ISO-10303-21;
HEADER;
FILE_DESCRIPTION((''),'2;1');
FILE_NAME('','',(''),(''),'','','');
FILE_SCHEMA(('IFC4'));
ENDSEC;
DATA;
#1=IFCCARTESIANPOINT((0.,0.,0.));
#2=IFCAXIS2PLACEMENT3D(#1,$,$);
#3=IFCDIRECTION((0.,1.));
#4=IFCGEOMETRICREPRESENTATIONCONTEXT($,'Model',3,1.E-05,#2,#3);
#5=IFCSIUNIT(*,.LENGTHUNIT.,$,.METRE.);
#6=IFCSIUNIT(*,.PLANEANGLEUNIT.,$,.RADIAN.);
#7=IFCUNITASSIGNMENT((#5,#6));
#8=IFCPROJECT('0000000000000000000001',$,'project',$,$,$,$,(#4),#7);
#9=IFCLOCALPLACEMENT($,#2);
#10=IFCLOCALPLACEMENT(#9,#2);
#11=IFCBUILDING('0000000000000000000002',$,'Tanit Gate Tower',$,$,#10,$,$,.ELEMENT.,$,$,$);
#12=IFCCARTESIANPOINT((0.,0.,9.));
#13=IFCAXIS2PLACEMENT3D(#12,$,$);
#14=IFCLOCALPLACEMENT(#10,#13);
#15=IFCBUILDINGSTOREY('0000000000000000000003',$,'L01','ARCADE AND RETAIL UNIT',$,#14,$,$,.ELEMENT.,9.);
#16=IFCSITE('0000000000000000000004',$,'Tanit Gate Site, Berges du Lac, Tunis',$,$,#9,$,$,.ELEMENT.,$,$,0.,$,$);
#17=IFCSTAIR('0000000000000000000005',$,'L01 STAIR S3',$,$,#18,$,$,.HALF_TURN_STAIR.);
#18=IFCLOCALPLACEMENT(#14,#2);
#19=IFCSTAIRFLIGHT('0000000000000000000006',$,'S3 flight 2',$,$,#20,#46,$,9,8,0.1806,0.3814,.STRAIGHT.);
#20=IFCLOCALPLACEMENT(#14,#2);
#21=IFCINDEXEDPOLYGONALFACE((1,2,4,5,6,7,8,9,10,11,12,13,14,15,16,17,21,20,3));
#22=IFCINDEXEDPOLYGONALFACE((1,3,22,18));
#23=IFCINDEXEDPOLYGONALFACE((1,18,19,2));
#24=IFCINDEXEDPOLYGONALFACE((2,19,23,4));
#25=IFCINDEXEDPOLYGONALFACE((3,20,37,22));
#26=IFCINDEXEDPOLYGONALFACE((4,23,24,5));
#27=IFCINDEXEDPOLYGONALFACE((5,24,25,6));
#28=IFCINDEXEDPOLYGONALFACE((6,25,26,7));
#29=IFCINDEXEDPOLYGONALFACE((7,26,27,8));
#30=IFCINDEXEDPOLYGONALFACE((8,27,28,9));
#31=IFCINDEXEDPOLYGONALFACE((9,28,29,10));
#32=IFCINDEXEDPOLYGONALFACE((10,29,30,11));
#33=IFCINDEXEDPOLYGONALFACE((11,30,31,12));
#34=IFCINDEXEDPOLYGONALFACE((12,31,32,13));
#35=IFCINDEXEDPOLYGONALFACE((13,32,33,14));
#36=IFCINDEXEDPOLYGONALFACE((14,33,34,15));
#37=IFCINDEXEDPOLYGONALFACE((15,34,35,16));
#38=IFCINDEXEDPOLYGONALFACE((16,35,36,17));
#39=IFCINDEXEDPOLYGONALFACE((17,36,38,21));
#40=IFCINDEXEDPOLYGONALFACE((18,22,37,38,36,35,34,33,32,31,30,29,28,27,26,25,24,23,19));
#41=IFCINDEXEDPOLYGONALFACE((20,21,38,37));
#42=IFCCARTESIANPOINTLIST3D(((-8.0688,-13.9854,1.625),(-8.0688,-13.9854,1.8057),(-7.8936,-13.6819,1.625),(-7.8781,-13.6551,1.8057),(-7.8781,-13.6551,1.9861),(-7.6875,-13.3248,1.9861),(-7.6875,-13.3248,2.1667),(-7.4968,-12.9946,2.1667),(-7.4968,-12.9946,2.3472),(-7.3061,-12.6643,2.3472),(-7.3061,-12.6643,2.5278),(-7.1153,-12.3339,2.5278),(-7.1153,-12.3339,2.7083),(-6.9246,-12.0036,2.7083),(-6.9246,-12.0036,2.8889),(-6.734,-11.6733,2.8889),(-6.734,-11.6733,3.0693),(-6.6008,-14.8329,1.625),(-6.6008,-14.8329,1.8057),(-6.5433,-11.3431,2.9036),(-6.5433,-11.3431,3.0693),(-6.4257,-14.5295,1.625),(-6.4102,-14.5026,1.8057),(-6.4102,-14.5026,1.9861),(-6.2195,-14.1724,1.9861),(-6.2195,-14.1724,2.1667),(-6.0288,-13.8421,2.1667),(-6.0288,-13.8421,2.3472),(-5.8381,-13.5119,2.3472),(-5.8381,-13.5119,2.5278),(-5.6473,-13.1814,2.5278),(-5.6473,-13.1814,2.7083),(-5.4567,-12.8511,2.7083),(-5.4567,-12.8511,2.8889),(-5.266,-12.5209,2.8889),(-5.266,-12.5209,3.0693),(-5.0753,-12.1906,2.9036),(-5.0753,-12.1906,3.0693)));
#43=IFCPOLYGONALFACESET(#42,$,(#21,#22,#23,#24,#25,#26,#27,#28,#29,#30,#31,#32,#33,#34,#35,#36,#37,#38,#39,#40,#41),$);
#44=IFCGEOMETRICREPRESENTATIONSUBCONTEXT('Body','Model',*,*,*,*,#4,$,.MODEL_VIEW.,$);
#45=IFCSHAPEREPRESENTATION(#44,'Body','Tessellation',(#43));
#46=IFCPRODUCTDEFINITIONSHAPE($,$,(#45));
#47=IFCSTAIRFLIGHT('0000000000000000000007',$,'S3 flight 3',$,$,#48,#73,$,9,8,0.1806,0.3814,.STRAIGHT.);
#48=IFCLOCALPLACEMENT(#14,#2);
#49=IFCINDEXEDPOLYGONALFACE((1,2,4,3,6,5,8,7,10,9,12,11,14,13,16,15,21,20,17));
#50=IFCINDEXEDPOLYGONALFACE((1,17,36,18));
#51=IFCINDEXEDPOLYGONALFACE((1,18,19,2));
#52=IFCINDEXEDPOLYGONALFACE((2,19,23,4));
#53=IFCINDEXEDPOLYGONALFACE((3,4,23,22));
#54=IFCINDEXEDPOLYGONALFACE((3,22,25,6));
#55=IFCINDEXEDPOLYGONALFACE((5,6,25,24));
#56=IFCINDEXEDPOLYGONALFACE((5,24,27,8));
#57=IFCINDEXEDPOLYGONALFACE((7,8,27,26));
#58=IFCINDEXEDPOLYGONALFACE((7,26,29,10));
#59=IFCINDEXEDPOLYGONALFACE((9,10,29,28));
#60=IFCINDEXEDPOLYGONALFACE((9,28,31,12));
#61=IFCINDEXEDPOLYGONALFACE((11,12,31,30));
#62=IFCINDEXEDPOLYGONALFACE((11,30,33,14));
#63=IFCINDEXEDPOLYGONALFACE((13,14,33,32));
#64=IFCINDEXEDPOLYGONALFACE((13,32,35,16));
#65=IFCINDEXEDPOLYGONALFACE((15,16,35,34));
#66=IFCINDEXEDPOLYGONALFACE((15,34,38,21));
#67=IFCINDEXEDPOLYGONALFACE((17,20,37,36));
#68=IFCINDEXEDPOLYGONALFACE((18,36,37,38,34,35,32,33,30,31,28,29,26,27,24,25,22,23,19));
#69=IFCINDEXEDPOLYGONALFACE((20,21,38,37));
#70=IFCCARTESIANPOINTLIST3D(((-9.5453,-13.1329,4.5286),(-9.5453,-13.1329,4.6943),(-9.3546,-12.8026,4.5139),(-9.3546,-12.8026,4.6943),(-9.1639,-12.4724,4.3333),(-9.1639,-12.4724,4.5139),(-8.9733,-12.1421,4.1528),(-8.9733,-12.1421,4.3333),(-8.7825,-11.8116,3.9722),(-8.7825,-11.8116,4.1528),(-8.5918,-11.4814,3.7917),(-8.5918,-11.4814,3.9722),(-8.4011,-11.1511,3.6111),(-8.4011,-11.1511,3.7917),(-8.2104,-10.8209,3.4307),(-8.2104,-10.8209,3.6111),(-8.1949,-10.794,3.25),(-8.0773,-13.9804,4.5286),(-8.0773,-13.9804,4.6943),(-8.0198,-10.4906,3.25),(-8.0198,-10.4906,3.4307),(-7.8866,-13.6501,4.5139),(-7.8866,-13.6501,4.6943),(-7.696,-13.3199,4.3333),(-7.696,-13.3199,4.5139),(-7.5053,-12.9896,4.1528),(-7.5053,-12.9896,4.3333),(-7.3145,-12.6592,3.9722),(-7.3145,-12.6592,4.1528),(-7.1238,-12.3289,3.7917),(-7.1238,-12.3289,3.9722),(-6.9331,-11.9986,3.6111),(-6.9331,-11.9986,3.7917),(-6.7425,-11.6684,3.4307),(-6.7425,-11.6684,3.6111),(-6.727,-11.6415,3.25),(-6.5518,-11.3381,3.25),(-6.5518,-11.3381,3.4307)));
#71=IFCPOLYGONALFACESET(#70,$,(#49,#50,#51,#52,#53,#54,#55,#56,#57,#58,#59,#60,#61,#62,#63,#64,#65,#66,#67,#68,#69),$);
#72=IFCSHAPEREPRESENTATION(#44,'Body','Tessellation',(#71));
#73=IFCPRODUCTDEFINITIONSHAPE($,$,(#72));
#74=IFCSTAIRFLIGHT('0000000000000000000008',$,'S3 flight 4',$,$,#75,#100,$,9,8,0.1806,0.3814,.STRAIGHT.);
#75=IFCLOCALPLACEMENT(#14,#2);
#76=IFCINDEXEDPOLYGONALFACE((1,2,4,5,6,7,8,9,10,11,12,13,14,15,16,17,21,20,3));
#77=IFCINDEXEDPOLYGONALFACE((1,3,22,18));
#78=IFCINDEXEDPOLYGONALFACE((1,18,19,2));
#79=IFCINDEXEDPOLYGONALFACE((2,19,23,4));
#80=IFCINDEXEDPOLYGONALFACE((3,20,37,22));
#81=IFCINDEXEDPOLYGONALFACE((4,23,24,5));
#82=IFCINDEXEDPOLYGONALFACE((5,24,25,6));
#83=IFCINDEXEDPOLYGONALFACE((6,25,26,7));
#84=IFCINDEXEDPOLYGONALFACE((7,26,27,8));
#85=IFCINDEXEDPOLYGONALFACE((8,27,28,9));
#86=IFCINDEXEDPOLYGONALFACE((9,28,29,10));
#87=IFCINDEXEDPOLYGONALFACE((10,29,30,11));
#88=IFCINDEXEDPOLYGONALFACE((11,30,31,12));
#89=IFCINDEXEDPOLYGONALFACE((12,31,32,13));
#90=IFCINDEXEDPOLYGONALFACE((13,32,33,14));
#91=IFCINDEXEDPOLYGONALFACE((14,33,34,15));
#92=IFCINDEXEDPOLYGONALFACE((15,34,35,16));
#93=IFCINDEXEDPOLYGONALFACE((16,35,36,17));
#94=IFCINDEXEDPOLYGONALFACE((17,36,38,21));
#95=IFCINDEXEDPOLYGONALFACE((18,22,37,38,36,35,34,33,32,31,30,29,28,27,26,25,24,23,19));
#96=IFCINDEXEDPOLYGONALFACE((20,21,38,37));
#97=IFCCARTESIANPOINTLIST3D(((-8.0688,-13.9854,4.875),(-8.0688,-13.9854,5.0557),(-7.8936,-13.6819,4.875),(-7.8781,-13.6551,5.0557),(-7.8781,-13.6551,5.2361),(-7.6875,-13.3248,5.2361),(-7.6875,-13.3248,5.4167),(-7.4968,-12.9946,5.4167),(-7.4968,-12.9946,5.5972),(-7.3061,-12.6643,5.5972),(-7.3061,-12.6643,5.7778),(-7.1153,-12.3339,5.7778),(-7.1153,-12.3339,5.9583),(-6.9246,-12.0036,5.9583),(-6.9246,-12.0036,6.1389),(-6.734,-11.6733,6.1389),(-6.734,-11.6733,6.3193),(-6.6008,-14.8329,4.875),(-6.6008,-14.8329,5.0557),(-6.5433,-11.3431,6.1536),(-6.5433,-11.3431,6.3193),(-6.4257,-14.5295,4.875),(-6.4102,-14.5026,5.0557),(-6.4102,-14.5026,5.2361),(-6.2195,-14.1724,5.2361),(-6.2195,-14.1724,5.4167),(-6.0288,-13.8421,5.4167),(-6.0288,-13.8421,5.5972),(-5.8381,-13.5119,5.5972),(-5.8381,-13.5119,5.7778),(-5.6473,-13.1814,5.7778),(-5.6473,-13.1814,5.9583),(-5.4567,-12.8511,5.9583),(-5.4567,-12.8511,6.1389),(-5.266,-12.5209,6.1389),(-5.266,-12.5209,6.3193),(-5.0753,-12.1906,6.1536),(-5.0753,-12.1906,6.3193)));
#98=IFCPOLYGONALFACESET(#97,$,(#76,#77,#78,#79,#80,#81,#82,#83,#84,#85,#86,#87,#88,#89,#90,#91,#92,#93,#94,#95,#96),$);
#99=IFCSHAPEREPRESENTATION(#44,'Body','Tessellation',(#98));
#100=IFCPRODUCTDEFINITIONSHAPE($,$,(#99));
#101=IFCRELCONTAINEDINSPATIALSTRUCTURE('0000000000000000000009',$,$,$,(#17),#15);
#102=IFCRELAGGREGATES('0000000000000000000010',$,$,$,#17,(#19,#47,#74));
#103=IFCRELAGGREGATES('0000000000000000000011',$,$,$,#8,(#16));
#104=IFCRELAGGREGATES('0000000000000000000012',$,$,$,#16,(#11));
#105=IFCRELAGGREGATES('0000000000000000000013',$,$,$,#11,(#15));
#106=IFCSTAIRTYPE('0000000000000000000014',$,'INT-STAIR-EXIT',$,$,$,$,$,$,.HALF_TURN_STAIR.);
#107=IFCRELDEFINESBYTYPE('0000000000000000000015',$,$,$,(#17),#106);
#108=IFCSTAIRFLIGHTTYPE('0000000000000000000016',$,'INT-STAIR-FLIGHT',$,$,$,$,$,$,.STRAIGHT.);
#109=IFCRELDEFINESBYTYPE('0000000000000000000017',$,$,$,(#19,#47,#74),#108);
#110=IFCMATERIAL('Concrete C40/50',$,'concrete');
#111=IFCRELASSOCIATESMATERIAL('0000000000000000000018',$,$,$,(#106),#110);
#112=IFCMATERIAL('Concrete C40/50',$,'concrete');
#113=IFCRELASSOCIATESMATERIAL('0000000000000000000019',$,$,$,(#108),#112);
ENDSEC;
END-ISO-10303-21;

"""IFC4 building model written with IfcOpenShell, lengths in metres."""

from ifc_helpers import new_model, si_unit, direction, frame, origin, place, context, subcontext, project, spatial, polyline, outline, extrude, material, type_object, element, aggregate, save


model = new_model("IFC4")

# Units and contexts
model_context = context("Model", 3, precision=1e-05, world=origin(), true_north=direction((0.0, 1.0)))
body_context = subcontext(model_context, "Body", "Model", "MODEL_VIEW")
ifc_project = project(units=[si_unit("LENGTHUNIT", "METRE"), si_unit("PLANEANGLEUNIT", "RADIAN")], contexts=[model_context])

# Site, building, storey
site_placement = place(None, origin())
site = spatial("IfcSite", under=ifc_project, at=site_placement, Name="Tanit Gate Site, Berges du Lac, Tunis", CompositionType="ELEMENT", RefElevation=0.0)
building_placement = place(site_placement, origin())
building = spatial("IfcBuilding", under=site, at=building_placement, Name="Tanit Gate Tower", CompositionType="ELEMENT")
storey_placement = place(building_placement, frame((0.0, 0.0, 9.0)))
storey = spatial("IfcBuildingStorey", under=building, at=storey_placement, Name="L01", Description="ARCADE AND RETAIL UNIT", CompositionType="ELEMENT", Elevation=9.0)

# Stair, stair flights
ifc_material_1 = material(Name="Concrete C40/50", Category="concrete")
stair_type = type_object("IfcStairType", Name="INT-STAIR-EXIT", PredefinedType="HALF_TURN_STAIR", material=ifc_material_1)
stair_placement = place(storey_placement, origin())
stair = element("IfcStair", 1, at=stair_placement, inside=storey, type_object=stair_type, Name="L01 STAIR S3", PredefinedType="HALF_TURN_STAIR")
ifc_material_2 = material(Name="Concrete C40/50", Category="concrete")
stair_flight_type = type_object("IfcStairFlightType", Name="INT-STAIR-FLIGHT", PredefinedType="STRAIGHT", material=ifc_material_2)
stair_flight_1_placement = place(storey_placement, frame((-7.3347, -14.4092, 1.625), z_axis=(0.0, 0.0, 1.0), x_axis=(0.5, 0.866025, 0.0)))
stair_flight_1 = element("IfcStairFlight", 2, at=stair_flight_1_placement, type_object=stair_flight_type, Name="S3 flight 2", NumberOfRisers=9, NumberOfTreads=8, PredefinedType="STRAIGHT", RiserHeight=0.1806, TreadLength=0.3814, context=body_context, shape_type="SweptSolid", body=[
    extrude(outline(polyline([(0.0, 0.0), (0.0, 0.1807), (0.3813, 0.1807), (0.3813, 0.3611), (0.7627, 0.3611), (0.7627, 0.5417), (1.144, 0.5417), (1.144, 0.7222), (1.5254, 0.7222), (1.5254, 0.9028), (1.907, 0.9028), (1.907, 1.0833), (2.2883, 1.0833), (2.2883, 1.2639), (2.6697, 1.2639), (2.6697, 1.4443), (3.051, 1.4443), (3.051, 1.625), (3.051, 1.2786), (0.3503, 0.0), (0.0, 0.0)])), frame((0.0, 0.8477, 0.0), z_axis=(0.0, -1.0, 0.0), x_axis=(1.0, 0.0, 0.0)), (0.0, 0.0, 1.0), 1.6951),
])
stair_flight_2_placement = place(storey_placement, frame((-7.2859, -10.9143, 3.25), z_axis=(0.0, 0.0, 1.0), x_axis=(-0.5, -0.866025, 0.0)))
stair_flight_2 = element("IfcStairFlight", 3, at=stair_flight_2_placement, type_object=stair_flight_type, Name="S3 flight 3", NumberOfRisers=9, NumberOfTreads=8, PredefinedType="STRAIGHT", RiserHeight=0.1806, TreadLength=0.3814, context=body_context, shape_type="SweptSolid", body=[
    extrude(outline(polyline([(0.0, 0.0), (0.0, 0.1807), (0.3813, 0.1807), (0.3813, 0.3611), (0.7627, 0.3611), (0.7627, 0.5417), (1.144, 0.5417), (1.144, 0.7222), (1.5254, 0.7222), (1.5254, 0.9028), (1.907, 0.9028), (1.907, 1.0833), (2.2883, 1.0833), (2.2883, 1.2639), (2.6697, 1.2639), (2.6697, 1.4443), (3.051, 1.4443), (3.051, 1.625), (3.051, 1.2786), (0.3503, 0.0), (0.0, 0.0)])), frame((0.0, 0.8477, 0.0), z_axis=(0.0, -1.0, 0.0), x_axis=(1.0, 0.0, 0.0)), (0.0, 0.0, 1.0), 1.6951),
])
stair_flight_3_placement = place(storey_placement, frame((-7.3347, -14.4092, 4.875), z_axis=(0.0, 0.0, 1.0), x_axis=(0.5, 0.866025, 0.0)))
stair_flight_3 = element("IfcStairFlight", 4, at=stair_flight_3_placement, type_object=stair_flight_type, Name="S3 flight 4", NumberOfRisers=9, NumberOfTreads=8, PredefinedType="STRAIGHT", RiserHeight=0.1806, TreadLength=0.3814, context=body_context, shape_type="SweptSolid", body=[
    extrude(outline(polyline([(0.0, 0.0), (0.0, 0.1807), (0.3813, 0.1807), (0.3813, 0.3611), (0.7627, 0.3611), (0.7627, 0.5417), (1.144, 0.5417), (1.144, 0.7222), (1.5254, 0.7222), (1.5254, 0.9028), (1.907, 0.9028), (1.907, 1.0833), (2.2883, 1.0833), (2.2883, 1.2639), (2.6697, 1.2639), (2.6697, 1.4443), (3.051, 1.4443), (3.051, 1.625), (3.051, 1.2786), (0.3503, 0.0), (0.0, 0.0)])), frame((0.0, 0.8477, 0.0), z_axis=(0.0, -1.0, 0.0), x_axis=(1.0, 0.0, 0.0)), (0.0, 0.0, 1.0), 1.6951),
])
aggregate(stair, [stair_flight_1, stair_flight_2, stair_flight_3])

save(model, "model.ifc")
